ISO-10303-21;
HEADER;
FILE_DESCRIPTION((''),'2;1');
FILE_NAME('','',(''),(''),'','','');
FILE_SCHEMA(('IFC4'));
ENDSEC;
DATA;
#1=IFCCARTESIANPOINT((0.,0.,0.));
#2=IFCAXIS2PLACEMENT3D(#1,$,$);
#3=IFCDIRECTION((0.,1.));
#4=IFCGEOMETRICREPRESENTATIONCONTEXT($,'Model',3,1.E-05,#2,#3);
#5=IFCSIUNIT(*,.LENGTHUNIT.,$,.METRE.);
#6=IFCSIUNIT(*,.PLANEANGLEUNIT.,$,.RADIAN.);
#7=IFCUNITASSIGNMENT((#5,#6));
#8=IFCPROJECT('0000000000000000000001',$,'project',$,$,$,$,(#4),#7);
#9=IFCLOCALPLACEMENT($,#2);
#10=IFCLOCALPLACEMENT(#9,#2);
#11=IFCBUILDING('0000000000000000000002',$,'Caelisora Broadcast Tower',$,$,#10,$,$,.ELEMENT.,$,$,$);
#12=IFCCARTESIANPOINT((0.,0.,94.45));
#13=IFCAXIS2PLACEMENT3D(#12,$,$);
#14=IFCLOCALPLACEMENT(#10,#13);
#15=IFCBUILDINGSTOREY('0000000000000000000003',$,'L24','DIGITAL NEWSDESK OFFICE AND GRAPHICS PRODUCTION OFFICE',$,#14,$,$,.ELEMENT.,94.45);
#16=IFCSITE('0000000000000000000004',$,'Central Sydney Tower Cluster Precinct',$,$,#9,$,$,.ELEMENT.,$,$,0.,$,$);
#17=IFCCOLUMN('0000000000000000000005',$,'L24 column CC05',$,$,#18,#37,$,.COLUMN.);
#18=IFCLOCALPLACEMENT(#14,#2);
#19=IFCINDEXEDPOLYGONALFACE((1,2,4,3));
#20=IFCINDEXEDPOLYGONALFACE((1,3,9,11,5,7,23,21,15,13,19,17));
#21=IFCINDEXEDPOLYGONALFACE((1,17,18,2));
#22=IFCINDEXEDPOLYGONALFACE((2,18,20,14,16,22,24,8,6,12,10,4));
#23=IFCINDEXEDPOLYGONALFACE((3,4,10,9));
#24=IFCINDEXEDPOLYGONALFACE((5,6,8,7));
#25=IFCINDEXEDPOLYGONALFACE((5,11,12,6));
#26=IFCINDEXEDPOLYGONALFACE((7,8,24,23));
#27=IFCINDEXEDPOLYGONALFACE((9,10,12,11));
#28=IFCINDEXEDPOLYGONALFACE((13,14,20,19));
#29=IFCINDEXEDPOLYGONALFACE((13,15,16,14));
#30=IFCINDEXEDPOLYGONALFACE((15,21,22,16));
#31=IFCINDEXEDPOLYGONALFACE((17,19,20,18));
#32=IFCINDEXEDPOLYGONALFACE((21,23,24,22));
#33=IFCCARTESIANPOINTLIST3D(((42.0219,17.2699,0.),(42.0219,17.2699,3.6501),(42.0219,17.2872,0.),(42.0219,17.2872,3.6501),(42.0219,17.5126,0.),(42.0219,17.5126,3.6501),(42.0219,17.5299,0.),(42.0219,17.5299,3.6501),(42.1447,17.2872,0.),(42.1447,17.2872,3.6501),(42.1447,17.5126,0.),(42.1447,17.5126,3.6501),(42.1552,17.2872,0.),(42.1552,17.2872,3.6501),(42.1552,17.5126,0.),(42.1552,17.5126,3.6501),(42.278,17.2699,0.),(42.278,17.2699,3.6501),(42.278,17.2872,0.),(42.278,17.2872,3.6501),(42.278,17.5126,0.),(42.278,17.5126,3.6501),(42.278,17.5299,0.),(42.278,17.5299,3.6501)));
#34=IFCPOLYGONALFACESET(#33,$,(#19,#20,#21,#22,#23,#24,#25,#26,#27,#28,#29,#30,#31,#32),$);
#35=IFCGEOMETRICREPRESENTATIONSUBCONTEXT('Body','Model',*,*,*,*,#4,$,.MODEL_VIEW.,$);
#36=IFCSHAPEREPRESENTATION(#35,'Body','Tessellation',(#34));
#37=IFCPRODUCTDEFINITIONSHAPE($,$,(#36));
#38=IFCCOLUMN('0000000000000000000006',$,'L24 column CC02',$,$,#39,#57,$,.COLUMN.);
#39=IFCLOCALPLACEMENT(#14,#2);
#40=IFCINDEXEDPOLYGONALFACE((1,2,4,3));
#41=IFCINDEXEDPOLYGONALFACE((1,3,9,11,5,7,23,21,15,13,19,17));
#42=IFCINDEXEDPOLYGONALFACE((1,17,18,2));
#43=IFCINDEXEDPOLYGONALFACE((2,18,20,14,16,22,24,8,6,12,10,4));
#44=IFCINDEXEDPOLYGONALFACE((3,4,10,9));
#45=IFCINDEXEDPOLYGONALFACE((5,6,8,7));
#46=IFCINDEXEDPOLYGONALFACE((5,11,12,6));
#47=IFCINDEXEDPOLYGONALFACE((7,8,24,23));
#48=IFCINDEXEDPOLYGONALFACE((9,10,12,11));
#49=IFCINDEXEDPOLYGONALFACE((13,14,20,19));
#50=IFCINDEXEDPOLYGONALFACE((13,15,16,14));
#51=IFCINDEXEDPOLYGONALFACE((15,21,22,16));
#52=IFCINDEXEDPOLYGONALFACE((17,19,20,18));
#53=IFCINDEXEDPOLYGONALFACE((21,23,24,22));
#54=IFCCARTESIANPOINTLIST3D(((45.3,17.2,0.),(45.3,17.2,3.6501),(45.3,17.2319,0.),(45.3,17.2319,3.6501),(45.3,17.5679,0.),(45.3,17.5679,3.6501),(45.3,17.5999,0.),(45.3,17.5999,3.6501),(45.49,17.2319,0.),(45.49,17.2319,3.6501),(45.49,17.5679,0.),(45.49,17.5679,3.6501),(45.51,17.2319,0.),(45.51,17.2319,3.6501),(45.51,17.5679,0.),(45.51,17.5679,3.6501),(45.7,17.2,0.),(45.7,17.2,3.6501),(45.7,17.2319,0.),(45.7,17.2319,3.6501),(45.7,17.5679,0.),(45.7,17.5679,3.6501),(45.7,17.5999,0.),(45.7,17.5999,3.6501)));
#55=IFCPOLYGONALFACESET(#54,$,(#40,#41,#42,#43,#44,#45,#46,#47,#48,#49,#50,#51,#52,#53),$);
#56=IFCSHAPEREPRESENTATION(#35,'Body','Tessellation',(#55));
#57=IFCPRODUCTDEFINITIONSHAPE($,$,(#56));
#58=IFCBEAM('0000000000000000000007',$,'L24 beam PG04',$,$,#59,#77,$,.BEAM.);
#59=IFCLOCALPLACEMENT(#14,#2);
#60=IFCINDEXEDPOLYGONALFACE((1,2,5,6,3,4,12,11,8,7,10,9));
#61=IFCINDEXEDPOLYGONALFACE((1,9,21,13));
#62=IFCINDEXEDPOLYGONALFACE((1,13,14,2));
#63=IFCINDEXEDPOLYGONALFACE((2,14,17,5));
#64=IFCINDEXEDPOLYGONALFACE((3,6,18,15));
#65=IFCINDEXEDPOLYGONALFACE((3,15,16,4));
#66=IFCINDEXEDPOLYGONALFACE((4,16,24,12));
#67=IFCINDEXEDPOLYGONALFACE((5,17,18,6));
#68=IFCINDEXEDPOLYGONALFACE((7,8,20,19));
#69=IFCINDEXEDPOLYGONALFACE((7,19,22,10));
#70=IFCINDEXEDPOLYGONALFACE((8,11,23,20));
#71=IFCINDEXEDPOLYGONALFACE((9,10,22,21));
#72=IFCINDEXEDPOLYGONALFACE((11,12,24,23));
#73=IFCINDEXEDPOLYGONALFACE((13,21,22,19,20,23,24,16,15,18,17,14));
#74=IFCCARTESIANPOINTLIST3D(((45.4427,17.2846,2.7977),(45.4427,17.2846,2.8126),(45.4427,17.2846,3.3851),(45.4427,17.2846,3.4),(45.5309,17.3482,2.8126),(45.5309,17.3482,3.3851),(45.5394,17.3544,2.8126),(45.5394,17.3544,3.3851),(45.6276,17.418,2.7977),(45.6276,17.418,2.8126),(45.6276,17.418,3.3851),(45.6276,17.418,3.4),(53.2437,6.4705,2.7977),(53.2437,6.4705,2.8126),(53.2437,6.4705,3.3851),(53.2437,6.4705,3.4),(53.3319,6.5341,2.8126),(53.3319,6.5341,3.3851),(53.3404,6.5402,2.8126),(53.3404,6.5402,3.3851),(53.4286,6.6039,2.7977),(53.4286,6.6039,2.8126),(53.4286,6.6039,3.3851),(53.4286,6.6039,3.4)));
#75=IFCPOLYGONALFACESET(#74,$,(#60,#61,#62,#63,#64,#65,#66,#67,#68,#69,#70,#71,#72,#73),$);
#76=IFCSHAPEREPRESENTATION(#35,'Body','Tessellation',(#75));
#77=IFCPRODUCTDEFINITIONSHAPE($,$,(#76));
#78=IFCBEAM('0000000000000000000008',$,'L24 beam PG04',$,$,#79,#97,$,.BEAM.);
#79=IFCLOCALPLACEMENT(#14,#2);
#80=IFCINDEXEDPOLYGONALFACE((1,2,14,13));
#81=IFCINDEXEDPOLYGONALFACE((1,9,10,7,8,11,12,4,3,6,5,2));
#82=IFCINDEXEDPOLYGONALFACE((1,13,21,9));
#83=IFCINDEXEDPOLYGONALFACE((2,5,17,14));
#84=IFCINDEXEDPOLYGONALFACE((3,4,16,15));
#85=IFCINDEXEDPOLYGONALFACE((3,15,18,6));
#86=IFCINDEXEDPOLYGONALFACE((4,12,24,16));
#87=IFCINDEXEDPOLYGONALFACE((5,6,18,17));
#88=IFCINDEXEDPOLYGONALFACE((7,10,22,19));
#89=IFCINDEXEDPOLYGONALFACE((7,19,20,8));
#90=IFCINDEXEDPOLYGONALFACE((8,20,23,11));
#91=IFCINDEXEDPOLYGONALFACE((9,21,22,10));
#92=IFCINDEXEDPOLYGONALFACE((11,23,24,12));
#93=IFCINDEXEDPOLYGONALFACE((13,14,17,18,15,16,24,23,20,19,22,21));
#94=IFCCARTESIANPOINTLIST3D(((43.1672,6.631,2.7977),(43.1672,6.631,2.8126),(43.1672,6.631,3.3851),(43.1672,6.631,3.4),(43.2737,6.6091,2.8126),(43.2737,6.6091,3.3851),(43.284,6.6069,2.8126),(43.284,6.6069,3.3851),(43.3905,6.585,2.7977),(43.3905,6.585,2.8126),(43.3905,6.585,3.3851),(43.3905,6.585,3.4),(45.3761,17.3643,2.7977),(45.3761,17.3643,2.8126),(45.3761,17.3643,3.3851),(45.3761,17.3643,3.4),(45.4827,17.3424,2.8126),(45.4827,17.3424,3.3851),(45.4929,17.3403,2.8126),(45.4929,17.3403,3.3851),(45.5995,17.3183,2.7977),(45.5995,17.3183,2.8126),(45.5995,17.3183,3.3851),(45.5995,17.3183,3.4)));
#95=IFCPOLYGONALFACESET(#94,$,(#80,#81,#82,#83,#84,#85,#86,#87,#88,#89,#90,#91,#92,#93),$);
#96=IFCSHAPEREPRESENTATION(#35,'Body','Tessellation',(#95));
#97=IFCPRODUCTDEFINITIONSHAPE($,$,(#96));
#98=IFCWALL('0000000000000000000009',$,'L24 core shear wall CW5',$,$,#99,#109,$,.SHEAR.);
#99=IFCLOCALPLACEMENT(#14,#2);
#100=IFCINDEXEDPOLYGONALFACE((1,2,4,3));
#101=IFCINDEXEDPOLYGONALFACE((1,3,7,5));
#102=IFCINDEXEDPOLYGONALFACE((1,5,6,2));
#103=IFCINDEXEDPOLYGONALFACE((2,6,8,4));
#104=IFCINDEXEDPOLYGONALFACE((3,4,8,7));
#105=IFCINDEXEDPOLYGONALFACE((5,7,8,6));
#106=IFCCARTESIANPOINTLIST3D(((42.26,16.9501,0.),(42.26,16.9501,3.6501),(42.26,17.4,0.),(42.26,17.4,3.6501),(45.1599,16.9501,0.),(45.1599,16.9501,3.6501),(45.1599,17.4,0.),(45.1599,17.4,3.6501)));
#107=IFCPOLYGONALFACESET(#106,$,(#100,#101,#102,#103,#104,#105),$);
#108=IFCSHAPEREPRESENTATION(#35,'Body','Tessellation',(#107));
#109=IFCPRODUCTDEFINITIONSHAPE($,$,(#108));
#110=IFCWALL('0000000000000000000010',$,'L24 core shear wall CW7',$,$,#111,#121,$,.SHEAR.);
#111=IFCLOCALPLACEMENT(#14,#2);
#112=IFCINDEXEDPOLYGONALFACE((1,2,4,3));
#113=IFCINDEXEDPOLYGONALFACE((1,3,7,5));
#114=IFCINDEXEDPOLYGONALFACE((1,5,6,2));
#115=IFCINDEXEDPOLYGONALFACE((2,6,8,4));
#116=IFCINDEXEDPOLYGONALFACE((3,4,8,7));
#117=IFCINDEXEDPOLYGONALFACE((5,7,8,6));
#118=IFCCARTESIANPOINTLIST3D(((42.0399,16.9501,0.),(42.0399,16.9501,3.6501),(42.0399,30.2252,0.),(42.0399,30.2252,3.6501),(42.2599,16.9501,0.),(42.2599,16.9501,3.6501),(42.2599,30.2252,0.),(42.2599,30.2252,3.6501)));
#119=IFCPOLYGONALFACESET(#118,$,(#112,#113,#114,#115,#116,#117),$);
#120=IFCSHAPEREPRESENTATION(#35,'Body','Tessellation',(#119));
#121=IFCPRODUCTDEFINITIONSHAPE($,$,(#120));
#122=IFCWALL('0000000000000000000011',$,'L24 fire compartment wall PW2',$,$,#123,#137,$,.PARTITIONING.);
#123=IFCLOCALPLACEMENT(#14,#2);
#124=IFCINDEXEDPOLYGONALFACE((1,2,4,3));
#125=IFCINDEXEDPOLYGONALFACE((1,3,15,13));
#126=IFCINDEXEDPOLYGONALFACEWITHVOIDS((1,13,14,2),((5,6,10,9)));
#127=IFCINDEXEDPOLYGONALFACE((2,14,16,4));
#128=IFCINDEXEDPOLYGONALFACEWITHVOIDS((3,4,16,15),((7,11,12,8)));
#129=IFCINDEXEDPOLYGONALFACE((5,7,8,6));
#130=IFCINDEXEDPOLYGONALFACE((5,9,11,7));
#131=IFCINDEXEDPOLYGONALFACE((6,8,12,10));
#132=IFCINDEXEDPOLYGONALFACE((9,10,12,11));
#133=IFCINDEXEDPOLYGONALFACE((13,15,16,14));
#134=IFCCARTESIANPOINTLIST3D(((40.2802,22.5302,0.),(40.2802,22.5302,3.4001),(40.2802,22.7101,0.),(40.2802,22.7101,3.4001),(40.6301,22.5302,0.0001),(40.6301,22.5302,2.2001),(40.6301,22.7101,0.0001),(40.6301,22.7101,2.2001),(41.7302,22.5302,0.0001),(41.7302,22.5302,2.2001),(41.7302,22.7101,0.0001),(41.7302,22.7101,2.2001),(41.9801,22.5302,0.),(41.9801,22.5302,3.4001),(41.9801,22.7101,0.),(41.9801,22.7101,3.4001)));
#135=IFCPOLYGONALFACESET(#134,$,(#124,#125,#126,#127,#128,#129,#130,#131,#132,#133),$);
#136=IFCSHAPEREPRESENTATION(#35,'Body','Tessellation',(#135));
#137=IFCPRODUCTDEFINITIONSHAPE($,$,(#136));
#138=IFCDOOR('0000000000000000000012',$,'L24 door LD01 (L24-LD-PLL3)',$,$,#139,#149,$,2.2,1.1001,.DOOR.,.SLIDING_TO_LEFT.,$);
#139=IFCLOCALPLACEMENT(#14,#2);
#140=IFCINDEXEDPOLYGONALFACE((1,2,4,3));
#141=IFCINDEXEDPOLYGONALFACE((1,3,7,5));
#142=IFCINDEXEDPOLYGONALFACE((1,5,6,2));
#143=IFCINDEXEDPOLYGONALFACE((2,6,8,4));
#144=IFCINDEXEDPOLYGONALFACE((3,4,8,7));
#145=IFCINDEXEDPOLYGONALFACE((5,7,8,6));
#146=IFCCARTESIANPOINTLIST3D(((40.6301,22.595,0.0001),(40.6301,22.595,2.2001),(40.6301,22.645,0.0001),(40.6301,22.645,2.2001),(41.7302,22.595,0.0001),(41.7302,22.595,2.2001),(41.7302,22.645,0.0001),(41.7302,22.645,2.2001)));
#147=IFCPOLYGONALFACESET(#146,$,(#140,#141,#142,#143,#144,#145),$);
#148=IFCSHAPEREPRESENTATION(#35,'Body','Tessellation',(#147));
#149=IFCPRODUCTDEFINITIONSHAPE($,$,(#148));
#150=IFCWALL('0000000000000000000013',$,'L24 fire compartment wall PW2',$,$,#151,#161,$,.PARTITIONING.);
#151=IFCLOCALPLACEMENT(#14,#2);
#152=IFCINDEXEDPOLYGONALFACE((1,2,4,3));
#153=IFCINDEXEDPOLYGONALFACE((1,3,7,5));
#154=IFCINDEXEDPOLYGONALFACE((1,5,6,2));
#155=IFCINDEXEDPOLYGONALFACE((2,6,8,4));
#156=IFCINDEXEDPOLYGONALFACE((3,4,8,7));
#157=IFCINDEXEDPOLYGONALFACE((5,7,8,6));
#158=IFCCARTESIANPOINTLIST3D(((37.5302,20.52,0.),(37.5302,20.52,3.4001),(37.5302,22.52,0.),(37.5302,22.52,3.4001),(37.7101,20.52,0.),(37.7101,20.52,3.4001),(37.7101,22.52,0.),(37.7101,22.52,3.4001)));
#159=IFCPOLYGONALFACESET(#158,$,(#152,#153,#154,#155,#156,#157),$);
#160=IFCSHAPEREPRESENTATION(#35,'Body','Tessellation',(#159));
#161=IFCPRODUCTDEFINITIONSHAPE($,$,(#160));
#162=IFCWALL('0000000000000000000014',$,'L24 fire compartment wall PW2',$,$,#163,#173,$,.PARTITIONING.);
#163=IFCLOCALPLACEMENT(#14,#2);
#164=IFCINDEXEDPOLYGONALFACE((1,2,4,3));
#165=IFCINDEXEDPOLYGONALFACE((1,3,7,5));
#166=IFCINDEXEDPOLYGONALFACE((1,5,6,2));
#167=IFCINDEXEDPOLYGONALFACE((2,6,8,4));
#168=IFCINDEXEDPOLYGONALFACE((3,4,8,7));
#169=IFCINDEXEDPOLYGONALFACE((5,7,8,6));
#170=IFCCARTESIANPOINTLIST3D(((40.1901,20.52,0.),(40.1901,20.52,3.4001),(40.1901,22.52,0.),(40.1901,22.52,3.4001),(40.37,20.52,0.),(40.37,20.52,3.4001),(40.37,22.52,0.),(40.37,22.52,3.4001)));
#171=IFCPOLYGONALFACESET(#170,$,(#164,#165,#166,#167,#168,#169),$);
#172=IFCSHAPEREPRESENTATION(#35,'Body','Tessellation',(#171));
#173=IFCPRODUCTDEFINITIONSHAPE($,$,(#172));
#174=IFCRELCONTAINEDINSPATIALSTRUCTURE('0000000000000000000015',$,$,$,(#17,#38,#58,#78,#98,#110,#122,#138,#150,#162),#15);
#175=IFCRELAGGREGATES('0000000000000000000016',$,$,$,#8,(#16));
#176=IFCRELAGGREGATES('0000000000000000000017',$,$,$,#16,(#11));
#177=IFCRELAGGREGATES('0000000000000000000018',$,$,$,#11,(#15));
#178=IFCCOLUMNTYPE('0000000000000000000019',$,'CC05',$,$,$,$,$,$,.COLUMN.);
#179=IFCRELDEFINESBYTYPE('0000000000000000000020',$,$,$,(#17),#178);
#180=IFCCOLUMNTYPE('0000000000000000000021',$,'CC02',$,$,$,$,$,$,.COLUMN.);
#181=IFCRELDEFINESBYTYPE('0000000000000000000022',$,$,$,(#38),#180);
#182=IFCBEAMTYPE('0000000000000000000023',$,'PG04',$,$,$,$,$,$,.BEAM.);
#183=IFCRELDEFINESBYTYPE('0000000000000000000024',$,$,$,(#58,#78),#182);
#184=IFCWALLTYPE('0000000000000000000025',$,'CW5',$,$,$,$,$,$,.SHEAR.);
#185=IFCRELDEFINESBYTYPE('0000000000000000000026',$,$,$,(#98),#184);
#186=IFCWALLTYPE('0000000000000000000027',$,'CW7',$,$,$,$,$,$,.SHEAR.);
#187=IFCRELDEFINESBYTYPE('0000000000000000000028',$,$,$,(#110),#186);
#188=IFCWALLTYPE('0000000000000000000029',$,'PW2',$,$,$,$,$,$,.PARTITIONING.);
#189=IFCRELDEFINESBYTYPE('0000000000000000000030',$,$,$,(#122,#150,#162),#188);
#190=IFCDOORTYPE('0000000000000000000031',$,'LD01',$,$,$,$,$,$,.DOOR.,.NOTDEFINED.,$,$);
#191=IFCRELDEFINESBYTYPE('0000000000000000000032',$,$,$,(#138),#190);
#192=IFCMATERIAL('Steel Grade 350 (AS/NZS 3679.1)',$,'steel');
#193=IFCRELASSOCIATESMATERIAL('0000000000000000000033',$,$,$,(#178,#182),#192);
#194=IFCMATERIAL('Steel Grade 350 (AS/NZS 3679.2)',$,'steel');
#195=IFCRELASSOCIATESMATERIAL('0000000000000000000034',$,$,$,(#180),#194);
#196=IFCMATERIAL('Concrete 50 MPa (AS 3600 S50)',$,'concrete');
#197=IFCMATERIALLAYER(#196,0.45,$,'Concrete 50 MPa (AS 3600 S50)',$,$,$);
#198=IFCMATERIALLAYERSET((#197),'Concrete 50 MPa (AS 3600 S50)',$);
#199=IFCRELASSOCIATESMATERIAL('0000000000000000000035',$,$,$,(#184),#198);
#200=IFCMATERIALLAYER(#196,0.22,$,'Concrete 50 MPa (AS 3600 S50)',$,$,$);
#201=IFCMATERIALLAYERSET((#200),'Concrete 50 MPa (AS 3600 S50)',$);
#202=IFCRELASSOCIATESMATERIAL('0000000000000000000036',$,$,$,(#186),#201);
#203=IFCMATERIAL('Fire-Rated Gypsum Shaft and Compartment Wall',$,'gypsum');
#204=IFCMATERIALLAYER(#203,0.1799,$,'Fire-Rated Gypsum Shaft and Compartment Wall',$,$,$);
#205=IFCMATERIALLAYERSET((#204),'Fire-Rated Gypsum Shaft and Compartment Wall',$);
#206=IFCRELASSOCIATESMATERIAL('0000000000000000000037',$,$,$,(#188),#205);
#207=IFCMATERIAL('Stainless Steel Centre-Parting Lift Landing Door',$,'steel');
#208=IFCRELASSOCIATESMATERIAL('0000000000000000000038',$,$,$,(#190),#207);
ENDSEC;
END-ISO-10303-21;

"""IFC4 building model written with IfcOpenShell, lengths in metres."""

from ifc_helpers import new_model, si_unit, direction, frame, frame_2d, origin, origin_2d, place, context, subcontext, project, spatial, rectangle, i_section, extrude, source, transform, mapped, material, layer, layer_set, material_profile, profile_set, type_object, type_shapes, element, fill, save


model = new_model("IFC4")

# Units and contexts
model_context = context("Model", 3, precision=1e-05, world=origin(), true_north=direction((0.0, 1.0)))
body_context = subcontext(model_context, "Body", "Model", "MODEL_VIEW")
ifc_project = project(units=[si_unit("LENGTHUNIT", "METRE"), si_unit("PLANEANGLEUNIT", "RADIAN")], contexts=[model_context])

# Site, building, storey
site_placement = place(None, origin())
site = spatial("IfcSite", under=ifc_project, at=site_placement, Name="Central Sydney Tower Cluster Precinct", CompositionType="ELEMENT", RefElevation=0.0)
building_placement = place(site_placement, origin())
building = spatial("IfcBuilding", under=site, at=building_placement, Name="Caelisora Broadcast Tower", CompositionType="ELEMENT")
storey_placement = place(building_placement, frame((0.0, 0.0, 94.45)))
storey = spatial("IfcBuildingStorey", under=building, at=storey_placement, Name="L24", Description="DIGITAL NEWSDESK OFFICE AND GRAPHICS PRODUCTION OFFICE", CompositionType="ELEMENT", Elevation=94.45)

# Columns
ifc_material_1 = material(Name="Steel Grade 350 (AS/NZS 3679.1)", Category="steel")
ifc_material_profile_1 = material_profile(ifc_material_1, i_section(OverallWidth=0.2561, OverallDepth=0.26, WebThickness=0.0105, FlangeThickness=0.0173, at=origin_2d()), Name="Steel Grade 350 (AS/NZS 3679.1)")
ifc_profile_set_1 = profile_set([ifc_material_profile_1], Name="Steel Grade 350 (AS/NZS 3679.1)")
column_type_1 = type_object("IfcColumnType", Name="CC05", PredefinedType="COLUMN", material=ifc_profile_set_1)
shared_shape_1 = source(origin(), body_context, "Body", "SweptSolid", [
    extrude(i_section(OverallWidth=0.2561, OverallDepth=0.26, WebThickness=0.0105, FlangeThickness=0.0173, at=origin_2d()), origin(), (0.0, 0.0, 1.0), 3.6501),
])
type_shapes(column_type_1, [shared_shape_1])
column_1_placement = place(storey_placement, frame((42.1499, 17.3999, 0.0), z_axis=(0.0, 0.0, 1.0), x_axis=(1.0, 0.0, 0.0)))
element("IfcColumn", 1, at=column_1_placement, inside=storey, type_object=column_type_1, Name="L24 column CC05", PredefinedType="COLUMN", context=body_context, shape_type="MappedRepresentation", body=[
    mapped(shared_shape_1, transform((0.0, 0.0, 0.0), scale=1.0)),
])
ifc_material_2 = material(Name="Steel Grade 350 (AS/NZS 3679.2)", Category="steel")
ifc_material_profile_2 = material_profile(ifc_material_2, i_section(OverallWidth=0.3999, OverallDepth=0.3999, WebThickness=0.02, FlangeThickness=0.032, at=origin_2d()), Name="Steel Grade 350 (AS/NZS 3679.2)")
ifc_profile_set_2 = profile_set([ifc_material_profile_2], Name="Steel Grade 350 (AS/NZS 3679.2)")
column_type_2 = type_object("IfcColumnType", Name="CC02", PredefinedType="COLUMN", material=ifc_profile_set_2)
shared_shape_2 = source(origin(), body_context, "Body", "SweptSolid", [
    extrude(i_section(OverallWidth=0.3999, OverallDepth=0.3999, WebThickness=0.02, FlangeThickness=0.032, at=origin_2d()), origin(), (0.0, 0.0, 1.0), 3.6501),
])
type_shapes(column_type_2, [shared_shape_2])
column_2_placement = place(storey_placement, frame((45.5, 17.3999, 0.0), z_axis=(0.0, 0.0, 1.0), x_axis=(1.0, 0.0, 0.0)))
element("IfcColumn", 2, at=column_2_placement, inside=storey, type_object=column_type_2, Name="L24 column CC02", PredefinedType="COLUMN", context=body_context, shape_type="MappedRepresentation", body=[
    mapped(shared_shape_2, transform((0.0, 0.0, 0.0), scale=1.0)),
])

# Beams
ifc_material_profile_3 = material_profile(ifc_material_1, i_section(OverallWidth=0.228, OverallDepth=0.6023, WebThickness=0.0105, FlangeThickness=0.0149, at=origin_2d()), Name="Steel Grade 350 (AS/NZS 3679.1)")
ifc_profile_set_3 = profile_set([ifc_material_profile_3], Name="Steel Grade 350 (AS/NZS 3679.1)")
beam_type = type_object("IfcBeamType", Name="PG04", PredefinedType="BEAM", material=ifc_profile_set_3)
shared_shape_3 = source(origin(), body_context, "Body", "SweptSolid", [
    extrude(i_section(OverallWidth=0.228, OverallDepth=0.6023, WebThickness=0.0105, FlangeThickness=0.0149, at=origin_2d()), origin(), (0.0, 0.0, 1.0), 13.3342),
])
beam_1_placement = place(storey_placement, frame((45.5352, 17.3513, 3.0989), z_axis=(0.585035, -0.811008, 0.0), x_axis=(0.811008, 0.585035, 0.0)))
element("IfcBeam", 3, at=beam_1_placement, inside=storey, type_object=beam_type, Name="L24 beam PG04", PredefinedType="BEAM", context=body_context, shape_type="MappedRepresentation", body=[
    mapped(shared_shape_3, transform((0.0, 0.0, 0.0), scale=1.0)),
])
shared_shape_4 = source(origin(), body_context, "Body", "SweptSolid", [
    extrude(i_section(OverallWidth=0.228, OverallDepth=0.6023, WebThickness=0.0105, FlangeThickness=0.0149, at=origin_2d()), origin(), (0.0, 0.0, 1.0), 10.9583),
])
type_shapes(beam_type, [shared_shape_3, shared_shape_4])
beam_2_placement = place(storey_placement, frame((45.4878, 17.3413, 3.0989), z_axis=(-0.20158, -0.979472, 0.0), x_axis=(0.979472, -0.20158, 0.0)))
element("IfcBeam", 4, at=beam_2_placement, inside=storey, type_object=beam_type, Name="L24 beam PG04", PredefinedType="BEAM", context=body_context, shape_type="MappedRepresentation", body=[
    mapped(shared_shape_4, transform((0.0, 0.0, 0.0), scale=1.0)),
])

# Shared definitions
ifc_material_3 = material(Name="Concrete 50 MPa (AS 3600 S50)", Category="concrete")

# Walls
ifc_layer_1 = layer(ifc_material_3, 0.45, Name="Concrete 50 MPa (AS 3600 S50)")
ifc_layer_set_1 = layer_set([ifc_layer_1], Name="Concrete 50 MPa (AS 3600 S50)")
wall_type_1 = type_object("IfcWallType", Name="CW5", PredefinedType="SHEAR", material=ifc_layer_set_1)
wall_1_placement = place(storey_placement, frame((42.26, 17.175, 0.0), z_axis=(0.0, 0.0, 1.0), x_axis=(1.0, 0.0, 0.0)))
element("IfcWall", 5, at=wall_1_placement, inside=storey, type_object=wall_type_1, Name="L24 core shear wall CW5", PredefinedType="SHEAR", context=body_context, shape_type="SweptSolid", body=[
    extrude(rectangle(XDim=2.8999, YDim=0.45, at=frame_2d((1.45, 0.0))), origin(), (0.0, 0.0, 1.0), 3.6501),
])
ifc_layer_2 = layer(ifc_material_3, 0.22, Name="Concrete 50 MPa (AS 3600 S50)")
ifc_layer_set_2 = layer_set([ifc_layer_2], Name="Concrete 50 MPa (AS 3600 S50)")
wall_type_2 = type_object("IfcWallType", Name="CW7", PredefinedType="SHEAR", material=ifc_layer_set_2)
wall_2_placement = place(storey_placement, frame((42.1499, 16.95, 0.0), z_axis=(0.0, 0.0, 1.0), x_axis=(0.0, 1.0, 0.0)))
element("IfcWall", 6, at=wall_2_placement, inside=storey, type_object=wall_type_2, Name="L24 core shear wall CW7", PredefinedType="SHEAR", context=body_context, shape_type="SweptSolid", body=[
    extrude(rectangle(XDim=13.2751, YDim=0.22, at=frame_2d((6.6377, 0.0))), origin(), (0.0, 0.0, 1.0), 3.6501),
])

# Wall, opening, door
ifc_material_4 = material(Name="Fire-Rated Gypsum Shaft and Compartment Wall", Category="gypsum")
ifc_layer_3 = layer(ifc_material_4, 0.1799, Name="Fire-Rated Gypsum Shaft and Compartment Wall")
ifc_layer_set_3 = layer_set([ifc_layer_3], Name="Fire-Rated Gypsum Shaft and Compartment Wall")
wall_type_3 = type_object("IfcWallType", Name="PW2", PredefinedType="PARTITIONING", material=ifc_layer_set_3)
wall_3_placement = place(storey_placement, frame((40.28, 22.6201, 0.0), z_axis=(0.0, 0.0, 1.0), x_axis=(1.0, 0.0, 0.0)))
wall_3 = element("IfcWall", 7, at=wall_3_placement, inside=storey, type_object=wall_type_3, Name="L24 fire compartment wall PW2", PredefinedType="PARTITIONING", context=body_context, shape_type="SweptSolid", body=[
    extrude(rectangle(XDim=1.7, YDim=0.1799, at=frame_2d((0.8501, 0.0))), origin(), (0.0, 0.0, 1.0), 3.4001),
])
opening_1_placement = place(wall_3_placement, frame((0.3501, 0.0, 0.0)))
opening_1 = element("IfcOpeningElement", 8, at=opening_1_placement, cuts=wall_3, PredefinedType="OPENING", context=body_context, shape_type="SweptSolid", body=[
    extrude(rectangle(XDim=1.1001, YDim=2.2, at=frame_2d((0.55, 1.1001))), frame((0.0, 0.1021, 0.0), z_axis=(0.0, -1.0, 0.0), x_axis=(1.0, 0.0, 0.0)), (0.0, 0.0, 1.0), 0.2039),
])
ifc_material_5 = material(Name="Stainless Steel Centre-Parting Lift Landing Door", Category="steel")
door_type_1 = type_object("IfcDoorType", Name="LD01", OperationType="NOTDEFINED", PredefinedType="DOOR", material=ifc_material_5)
door_1_placement = place(opening_1_placement, origin())
door_1 = element("IfcDoor", 9, at=door_1_placement, inside=storey, type_object=door_type_1, Name="L24 door LD01 (L24-LD-PLL3)", OperationType="SLIDING_TO_LEFT", OverallHeight=2.2, OverallWidth=1.1001, PredefinedType="DOOR", context=body_context, shape_type="SweptSolid", body=[
    extrude(rectangle(XDim=1.1001, YDim=2.2, at=frame_2d((0.55, 1.1001))), frame((0.0, 0.0249, 0.0), z_axis=(0.0, -1.0, 0.0), x_axis=(1.0, 0.0, 0.0)), (0.0, 0.0, 1.0), 0.05),
])
fill(opening_1, door_1)

# Walls
for number, where, z_axis, x_axis, name in (
    (10, (37.6201, 20.52, 0.0), (0.0, 0.0, 1.0), (0.0, 1.0, 0.0), "L24 fire compartment wall PW2"),
    (11, (40.28, 20.52, 0.0), (0.0, 0.0, 1.0), (0.0, 1.0, 0.0), "L24 fire compartment wall PW2"),
):
    element("IfcWall", number, at=place(storey_placement, frame(where, z_axis=z_axis, x_axis=x_axis)), inside=storey, type_object=wall_type_3, Name=name, PredefinedType="PARTITIONING", context=body_context, shape_type="SweptSolid", body=[
        extrude(rectangle(XDim=2.0, YDim=0.1799, at=frame_2d((1.0, 0.0))), origin(), (0.0, 0.0, 1.0), 3.4001),
    ])

save(model, "model.ifc")
